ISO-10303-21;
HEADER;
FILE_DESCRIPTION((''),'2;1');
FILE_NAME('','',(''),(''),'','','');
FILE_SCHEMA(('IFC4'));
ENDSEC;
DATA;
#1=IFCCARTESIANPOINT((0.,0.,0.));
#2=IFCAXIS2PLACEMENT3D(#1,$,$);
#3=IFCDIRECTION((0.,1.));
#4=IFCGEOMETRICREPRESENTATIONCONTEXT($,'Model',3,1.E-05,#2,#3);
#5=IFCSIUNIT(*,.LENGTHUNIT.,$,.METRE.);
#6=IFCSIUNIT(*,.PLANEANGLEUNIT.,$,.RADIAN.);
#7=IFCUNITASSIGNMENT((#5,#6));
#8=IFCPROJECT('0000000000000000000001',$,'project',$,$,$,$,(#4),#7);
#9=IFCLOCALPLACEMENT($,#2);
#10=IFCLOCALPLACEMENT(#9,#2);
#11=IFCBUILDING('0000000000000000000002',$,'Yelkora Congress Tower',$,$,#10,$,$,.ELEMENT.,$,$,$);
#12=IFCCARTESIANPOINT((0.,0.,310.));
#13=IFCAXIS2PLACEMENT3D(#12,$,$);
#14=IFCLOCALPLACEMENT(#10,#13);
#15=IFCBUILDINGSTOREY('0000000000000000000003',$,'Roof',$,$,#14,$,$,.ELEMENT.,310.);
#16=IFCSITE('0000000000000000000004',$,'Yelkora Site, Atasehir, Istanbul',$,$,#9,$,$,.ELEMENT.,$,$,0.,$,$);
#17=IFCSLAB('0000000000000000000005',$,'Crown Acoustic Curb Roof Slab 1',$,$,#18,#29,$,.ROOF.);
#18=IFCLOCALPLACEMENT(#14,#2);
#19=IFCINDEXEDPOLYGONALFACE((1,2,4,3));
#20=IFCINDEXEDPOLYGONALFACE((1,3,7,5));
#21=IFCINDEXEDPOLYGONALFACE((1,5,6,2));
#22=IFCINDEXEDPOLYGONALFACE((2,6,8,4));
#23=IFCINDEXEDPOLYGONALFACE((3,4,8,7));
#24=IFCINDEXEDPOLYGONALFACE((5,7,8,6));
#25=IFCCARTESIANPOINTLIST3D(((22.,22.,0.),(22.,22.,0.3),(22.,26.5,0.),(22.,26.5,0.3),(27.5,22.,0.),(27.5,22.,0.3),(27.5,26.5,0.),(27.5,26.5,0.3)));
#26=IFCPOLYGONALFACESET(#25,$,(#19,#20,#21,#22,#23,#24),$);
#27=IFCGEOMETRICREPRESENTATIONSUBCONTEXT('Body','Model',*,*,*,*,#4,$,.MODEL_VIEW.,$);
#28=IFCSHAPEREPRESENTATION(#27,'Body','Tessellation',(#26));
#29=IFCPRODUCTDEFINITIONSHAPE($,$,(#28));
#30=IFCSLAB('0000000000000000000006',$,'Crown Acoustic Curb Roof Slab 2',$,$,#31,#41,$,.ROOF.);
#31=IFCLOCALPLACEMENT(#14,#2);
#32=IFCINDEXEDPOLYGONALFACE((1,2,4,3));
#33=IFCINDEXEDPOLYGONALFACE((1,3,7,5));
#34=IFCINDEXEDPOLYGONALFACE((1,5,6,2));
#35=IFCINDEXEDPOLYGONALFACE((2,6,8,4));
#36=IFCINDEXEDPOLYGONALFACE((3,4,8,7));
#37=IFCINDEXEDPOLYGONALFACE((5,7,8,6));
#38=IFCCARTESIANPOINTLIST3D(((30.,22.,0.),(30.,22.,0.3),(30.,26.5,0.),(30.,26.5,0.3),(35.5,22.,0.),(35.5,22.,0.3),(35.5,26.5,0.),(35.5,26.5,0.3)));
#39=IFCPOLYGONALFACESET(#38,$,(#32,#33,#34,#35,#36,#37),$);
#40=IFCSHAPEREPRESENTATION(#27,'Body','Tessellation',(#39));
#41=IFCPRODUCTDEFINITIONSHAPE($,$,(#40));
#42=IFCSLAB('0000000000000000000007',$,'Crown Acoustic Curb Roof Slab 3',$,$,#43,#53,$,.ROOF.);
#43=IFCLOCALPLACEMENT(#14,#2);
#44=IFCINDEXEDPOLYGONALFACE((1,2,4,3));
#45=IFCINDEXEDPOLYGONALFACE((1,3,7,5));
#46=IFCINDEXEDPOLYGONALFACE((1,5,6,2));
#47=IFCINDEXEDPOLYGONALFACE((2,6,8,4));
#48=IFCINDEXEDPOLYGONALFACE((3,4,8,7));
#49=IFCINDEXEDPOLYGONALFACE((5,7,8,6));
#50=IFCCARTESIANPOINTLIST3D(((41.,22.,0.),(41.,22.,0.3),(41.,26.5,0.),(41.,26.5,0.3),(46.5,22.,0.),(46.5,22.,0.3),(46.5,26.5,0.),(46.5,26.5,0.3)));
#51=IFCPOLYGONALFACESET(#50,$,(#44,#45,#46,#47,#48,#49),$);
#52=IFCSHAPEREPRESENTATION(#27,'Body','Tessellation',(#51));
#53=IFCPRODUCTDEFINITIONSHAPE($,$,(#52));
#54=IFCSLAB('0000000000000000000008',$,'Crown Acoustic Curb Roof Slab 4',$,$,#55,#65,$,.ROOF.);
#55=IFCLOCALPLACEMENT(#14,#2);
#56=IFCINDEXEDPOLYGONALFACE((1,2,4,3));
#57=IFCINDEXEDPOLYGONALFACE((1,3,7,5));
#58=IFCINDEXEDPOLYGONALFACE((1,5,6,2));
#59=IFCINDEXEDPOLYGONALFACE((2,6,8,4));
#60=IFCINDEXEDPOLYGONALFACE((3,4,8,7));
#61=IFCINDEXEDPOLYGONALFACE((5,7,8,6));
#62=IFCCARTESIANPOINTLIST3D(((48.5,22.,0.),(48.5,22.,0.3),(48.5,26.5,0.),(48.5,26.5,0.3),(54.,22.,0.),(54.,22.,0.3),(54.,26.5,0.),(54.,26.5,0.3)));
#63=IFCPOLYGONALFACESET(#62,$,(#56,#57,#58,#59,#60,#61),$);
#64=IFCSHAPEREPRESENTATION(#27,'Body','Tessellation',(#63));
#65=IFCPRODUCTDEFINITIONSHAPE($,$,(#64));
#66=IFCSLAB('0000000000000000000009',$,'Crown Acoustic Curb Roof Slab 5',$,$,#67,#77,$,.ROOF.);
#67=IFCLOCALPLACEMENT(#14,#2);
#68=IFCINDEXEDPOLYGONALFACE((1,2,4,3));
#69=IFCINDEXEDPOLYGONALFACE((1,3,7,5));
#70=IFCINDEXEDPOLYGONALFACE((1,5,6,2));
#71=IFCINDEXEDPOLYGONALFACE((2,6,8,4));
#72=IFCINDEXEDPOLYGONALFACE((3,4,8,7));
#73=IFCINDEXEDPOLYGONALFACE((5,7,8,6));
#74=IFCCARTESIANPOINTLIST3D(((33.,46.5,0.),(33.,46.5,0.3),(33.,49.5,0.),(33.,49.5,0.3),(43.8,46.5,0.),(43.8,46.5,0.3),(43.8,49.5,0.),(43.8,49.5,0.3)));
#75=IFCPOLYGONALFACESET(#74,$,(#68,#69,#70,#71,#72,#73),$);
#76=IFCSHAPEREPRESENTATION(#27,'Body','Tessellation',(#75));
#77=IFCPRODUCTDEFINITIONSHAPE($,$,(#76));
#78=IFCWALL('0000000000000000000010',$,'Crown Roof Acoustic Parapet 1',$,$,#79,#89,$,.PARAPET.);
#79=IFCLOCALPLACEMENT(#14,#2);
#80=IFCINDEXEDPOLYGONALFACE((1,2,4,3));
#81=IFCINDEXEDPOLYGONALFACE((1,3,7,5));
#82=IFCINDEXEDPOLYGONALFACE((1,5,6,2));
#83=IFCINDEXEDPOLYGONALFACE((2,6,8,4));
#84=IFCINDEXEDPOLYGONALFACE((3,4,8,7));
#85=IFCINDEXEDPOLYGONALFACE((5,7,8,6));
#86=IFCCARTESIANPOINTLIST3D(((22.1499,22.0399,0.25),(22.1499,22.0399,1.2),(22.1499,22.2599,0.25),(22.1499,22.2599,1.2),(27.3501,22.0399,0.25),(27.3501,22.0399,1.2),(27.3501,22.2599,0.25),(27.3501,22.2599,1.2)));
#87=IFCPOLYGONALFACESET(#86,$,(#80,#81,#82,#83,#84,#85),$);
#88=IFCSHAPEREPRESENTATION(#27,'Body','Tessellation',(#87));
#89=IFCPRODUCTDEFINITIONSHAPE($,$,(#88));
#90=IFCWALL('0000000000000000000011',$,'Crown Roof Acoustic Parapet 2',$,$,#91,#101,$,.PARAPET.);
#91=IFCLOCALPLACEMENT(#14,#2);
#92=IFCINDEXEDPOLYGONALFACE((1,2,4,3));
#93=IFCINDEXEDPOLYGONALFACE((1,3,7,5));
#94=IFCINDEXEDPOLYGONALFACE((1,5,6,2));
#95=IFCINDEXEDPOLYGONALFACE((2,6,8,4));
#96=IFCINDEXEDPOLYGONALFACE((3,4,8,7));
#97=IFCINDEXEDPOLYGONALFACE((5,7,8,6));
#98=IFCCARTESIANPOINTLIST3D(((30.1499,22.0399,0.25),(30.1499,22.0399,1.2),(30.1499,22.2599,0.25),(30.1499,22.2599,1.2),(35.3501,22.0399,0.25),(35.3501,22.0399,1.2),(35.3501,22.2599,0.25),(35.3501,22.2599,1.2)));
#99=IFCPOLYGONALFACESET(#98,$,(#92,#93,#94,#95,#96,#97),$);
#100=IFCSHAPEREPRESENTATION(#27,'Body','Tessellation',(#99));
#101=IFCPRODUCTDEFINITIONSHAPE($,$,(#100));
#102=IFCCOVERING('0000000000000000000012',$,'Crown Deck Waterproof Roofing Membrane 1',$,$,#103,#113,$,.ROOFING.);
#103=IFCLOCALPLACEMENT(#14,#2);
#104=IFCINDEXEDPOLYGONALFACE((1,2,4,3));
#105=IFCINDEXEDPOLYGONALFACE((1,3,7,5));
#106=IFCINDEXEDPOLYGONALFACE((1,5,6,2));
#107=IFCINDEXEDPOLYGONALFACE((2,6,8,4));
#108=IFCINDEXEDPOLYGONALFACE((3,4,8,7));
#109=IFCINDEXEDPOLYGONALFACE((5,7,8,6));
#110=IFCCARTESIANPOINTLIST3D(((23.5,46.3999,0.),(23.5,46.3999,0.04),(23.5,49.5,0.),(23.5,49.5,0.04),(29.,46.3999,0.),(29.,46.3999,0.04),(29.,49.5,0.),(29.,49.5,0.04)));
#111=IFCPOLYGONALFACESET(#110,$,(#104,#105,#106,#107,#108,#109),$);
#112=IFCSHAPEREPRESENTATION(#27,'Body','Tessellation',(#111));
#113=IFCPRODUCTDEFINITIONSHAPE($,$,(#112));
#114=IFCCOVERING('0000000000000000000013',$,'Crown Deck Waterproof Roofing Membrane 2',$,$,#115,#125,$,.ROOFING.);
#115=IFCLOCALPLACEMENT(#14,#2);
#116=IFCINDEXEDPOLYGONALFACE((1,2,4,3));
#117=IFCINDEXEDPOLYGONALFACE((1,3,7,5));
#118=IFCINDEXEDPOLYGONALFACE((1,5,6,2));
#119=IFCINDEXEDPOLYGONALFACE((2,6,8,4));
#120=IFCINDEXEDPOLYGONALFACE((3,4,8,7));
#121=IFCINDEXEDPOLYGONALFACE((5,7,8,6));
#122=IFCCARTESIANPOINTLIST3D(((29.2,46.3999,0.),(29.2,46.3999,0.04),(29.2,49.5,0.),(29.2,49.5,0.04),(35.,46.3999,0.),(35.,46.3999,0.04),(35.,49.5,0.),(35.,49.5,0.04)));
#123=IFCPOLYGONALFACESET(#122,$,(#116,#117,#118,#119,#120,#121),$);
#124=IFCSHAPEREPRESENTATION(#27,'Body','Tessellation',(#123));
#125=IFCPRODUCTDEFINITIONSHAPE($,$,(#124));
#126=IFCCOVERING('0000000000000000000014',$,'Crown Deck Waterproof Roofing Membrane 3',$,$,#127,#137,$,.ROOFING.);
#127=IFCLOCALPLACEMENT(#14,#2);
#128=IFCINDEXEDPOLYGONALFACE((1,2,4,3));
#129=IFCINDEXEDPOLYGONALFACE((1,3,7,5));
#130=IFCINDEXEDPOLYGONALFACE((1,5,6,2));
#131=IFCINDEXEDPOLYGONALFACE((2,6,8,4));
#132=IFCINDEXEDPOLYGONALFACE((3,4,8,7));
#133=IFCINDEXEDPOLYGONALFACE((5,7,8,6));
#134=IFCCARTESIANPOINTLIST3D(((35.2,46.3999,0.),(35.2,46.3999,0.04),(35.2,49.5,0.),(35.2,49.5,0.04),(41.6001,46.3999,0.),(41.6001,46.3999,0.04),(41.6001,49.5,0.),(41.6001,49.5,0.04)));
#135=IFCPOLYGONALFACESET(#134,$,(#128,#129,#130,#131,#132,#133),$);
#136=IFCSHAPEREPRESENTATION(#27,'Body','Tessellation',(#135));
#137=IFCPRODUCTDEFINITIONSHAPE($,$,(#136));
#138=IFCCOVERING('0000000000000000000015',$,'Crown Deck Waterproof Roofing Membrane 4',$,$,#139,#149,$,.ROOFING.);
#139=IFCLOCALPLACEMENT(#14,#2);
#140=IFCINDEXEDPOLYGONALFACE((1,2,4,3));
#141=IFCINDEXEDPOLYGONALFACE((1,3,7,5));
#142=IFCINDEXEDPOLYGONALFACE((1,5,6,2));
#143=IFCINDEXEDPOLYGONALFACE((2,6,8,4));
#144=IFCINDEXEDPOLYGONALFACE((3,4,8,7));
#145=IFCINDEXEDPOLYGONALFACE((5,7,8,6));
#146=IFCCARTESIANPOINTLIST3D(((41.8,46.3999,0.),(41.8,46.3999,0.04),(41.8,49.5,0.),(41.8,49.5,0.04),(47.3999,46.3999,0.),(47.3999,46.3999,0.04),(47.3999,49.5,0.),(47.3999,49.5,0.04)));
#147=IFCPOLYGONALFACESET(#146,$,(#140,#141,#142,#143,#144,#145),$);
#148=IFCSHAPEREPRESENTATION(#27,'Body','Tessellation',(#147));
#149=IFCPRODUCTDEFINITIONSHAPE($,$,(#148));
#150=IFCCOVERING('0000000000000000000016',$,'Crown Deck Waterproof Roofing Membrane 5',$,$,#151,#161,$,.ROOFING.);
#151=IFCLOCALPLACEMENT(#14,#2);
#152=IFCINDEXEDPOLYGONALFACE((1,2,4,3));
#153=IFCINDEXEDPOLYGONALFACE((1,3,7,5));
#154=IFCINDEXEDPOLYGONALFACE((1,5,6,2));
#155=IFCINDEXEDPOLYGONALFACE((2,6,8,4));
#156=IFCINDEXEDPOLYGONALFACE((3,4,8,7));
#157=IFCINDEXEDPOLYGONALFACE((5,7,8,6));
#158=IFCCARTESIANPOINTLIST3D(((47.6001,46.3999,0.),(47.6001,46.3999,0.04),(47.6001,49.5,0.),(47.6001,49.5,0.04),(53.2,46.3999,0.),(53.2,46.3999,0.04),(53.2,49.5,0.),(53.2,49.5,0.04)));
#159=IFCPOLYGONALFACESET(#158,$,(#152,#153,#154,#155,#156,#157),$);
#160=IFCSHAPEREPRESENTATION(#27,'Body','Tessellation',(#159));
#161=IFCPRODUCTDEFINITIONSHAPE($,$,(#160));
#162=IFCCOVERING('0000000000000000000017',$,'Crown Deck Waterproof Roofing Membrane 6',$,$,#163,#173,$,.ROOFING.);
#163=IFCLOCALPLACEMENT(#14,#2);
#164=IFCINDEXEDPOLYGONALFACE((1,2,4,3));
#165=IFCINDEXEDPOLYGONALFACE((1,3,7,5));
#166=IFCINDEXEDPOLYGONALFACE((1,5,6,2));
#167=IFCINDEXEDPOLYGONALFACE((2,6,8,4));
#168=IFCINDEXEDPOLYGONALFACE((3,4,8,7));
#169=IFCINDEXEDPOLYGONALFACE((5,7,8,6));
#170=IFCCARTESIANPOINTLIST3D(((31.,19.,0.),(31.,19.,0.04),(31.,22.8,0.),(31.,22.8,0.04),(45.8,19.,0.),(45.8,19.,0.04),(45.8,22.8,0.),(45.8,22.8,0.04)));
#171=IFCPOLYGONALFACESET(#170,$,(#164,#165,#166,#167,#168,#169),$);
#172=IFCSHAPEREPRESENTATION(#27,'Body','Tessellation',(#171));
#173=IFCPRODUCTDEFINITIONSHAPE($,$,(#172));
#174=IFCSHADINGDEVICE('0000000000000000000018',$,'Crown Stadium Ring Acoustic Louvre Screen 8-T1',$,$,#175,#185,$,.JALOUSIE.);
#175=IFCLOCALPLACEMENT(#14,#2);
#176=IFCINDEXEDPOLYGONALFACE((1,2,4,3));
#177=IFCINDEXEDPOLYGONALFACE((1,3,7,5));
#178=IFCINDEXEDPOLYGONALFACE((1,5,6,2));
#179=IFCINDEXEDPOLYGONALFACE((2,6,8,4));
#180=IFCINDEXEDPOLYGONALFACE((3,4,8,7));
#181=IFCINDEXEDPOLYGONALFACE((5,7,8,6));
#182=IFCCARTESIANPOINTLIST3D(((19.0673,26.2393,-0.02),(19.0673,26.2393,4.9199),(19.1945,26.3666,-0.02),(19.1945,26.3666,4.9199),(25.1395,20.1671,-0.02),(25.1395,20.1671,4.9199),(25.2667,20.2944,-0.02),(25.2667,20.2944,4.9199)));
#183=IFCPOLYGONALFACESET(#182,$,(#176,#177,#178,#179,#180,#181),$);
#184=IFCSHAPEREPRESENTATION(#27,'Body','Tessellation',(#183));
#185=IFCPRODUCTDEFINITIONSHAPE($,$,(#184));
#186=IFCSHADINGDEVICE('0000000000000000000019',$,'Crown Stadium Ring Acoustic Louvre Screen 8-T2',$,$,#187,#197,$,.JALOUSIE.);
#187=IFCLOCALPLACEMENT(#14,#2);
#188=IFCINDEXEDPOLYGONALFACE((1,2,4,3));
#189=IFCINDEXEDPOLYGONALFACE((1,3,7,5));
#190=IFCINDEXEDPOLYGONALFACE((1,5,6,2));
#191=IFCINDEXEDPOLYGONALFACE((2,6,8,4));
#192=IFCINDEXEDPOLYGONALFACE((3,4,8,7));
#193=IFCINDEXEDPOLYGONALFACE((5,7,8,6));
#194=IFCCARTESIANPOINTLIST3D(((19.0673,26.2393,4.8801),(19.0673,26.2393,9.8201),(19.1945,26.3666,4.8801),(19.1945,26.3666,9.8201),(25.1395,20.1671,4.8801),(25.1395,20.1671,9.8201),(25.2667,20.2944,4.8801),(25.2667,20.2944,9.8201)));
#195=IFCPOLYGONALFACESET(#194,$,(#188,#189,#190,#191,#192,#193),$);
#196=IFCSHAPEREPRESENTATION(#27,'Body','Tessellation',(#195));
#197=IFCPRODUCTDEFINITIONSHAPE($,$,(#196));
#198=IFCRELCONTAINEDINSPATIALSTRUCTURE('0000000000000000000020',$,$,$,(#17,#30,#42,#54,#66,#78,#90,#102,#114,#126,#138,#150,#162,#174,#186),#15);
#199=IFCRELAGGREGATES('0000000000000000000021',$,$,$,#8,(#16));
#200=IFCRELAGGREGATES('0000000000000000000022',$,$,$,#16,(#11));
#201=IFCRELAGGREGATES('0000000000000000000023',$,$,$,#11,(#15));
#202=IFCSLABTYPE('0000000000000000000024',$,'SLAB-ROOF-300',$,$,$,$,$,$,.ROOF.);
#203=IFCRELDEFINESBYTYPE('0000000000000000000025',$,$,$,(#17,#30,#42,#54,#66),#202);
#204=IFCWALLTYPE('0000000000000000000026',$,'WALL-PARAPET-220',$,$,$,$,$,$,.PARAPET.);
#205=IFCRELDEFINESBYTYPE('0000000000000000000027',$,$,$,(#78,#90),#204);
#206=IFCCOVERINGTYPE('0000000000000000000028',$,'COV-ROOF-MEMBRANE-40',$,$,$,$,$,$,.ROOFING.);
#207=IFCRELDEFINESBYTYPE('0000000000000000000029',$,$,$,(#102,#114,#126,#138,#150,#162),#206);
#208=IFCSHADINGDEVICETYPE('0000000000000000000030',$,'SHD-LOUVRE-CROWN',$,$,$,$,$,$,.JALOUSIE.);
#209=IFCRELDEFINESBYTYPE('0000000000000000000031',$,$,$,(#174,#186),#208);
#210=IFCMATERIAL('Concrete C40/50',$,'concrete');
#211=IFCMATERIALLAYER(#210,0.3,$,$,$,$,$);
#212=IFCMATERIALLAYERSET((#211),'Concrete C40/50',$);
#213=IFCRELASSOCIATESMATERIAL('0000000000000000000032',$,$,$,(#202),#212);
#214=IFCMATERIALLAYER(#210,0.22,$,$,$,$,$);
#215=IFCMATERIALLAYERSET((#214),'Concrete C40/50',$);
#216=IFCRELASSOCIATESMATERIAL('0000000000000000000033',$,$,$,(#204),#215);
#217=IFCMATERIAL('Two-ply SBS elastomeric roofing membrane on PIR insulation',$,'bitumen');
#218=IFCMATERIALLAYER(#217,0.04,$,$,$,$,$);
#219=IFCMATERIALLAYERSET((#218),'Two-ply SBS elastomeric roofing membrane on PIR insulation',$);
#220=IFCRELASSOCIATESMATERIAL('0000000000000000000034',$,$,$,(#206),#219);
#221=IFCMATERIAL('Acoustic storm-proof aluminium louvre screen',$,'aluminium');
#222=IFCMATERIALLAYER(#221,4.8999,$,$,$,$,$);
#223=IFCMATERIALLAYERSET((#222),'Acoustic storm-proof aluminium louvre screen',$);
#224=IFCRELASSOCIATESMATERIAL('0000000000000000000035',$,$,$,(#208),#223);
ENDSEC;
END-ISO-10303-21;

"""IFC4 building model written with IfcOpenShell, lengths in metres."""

from ifc_helpers import new_model, si_unit, direction, frame, frame_2d, origin, origin_2d, place, context, subcontext, project, spatial, polyline, rectangle, outline, extrude, material, layer, layer_set, type_object, element, save


model = new_model("IFC4")

# Units and contexts
model_context = context("Model", 3, precision=1e-05, world=origin(), true_north=direction((0.0, 1.0)))
body_context = subcontext(model_context, "Body", "Model", "MODEL_VIEW")
ifc_project = project(units=[si_unit("LENGTHUNIT", "METRE"), si_unit("PLANEANGLEUNIT", "RADIAN")], contexts=[model_context])

# Site, building, storey
site_placement = place(None, origin())
site = spatial("IfcSite", under=ifc_project, at=site_placement, Name="Yelkora Site, Atasehir, Istanbul", CompositionType="ELEMENT", RefElevation=0.0)
building_placement = place(site_placement, origin())
building = spatial("IfcBuilding", under=site, at=building_placement, Name="Yelkora Congress Tower", CompositionType="ELEMENT")
storey_placement = place(building_placement, frame((0.0, 0.0, 310.0)))
storey = spatial("IfcBuildingStorey", under=building, at=storey_placement, Name="Roof", CompositionType="ELEMENT", Elevation=310.0)

# Slabs
ifc_material_1 = material(Name="Concrete C40/50", Category="concrete")
ifc_layer_1 = layer(ifc_material_1, 0.3)
ifc_layer_set_1 = layer_set([ifc_layer_1], Name="Concrete C40/50")
slab_type_1 = type_object("IfcSlabType", Name="SLAB-ROOF-300", PredefinedType="ROOF", material=ifc_layer_set_1)
slab_1_placement = place(storey_placement, origin())
element("IfcSlab", 1, at=slab_1_placement, inside=storey, type_object=slab_type_1, Name="Crown Acoustic Curb Roof Slab 1", PredefinedType="ROOF", context=body_context, shape_type="SweptSolid", body=[
    extrude(outline(polyline([(22.0, 22.0), (27.5, 22.0), (27.5, 26.5), (22.0, 26.5), (22.0, 22.0)])), origin(), (0.0, 0.0, 1.0), 0.3),
])
slab_2_placement = place(storey_placement, origin())
element("IfcSlab", 2, at=slab_2_placement, inside=storey, type_object=slab_type_1, Name="Crown Acoustic Curb Roof Slab 2", PredefinedType="ROOF", context=body_context, shape_type="SweptSolid", body=[
    extrude(outline(polyline([(30.0, 22.0), (35.5, 22.0), (35.5, 26.5), (30.0, 26.5), (30.0, 22.0)])), origin(), (0.0, 0.0, 1.0), 0.3),
])
slab_3_placement = place(storey_placement, origin())
element("IfcSlab", 3, at=slab_3_placement, inside=storey, type_object=slab_type_1, Name="Crown Acoustic Curb Roof Slab 3", PredefinedType="ROOF", context=body_context, shape_type="SweptSolid", body=[
    extrude(outline(polyline([(41.0, 22.0), (46.5, 22.0), (46.5, 26.5), (41.0, 26.5), (41.0, 22.0)])), origin(), (0.0, 0.0, 1.0), 0.3),
])
slab_4_placement = place(storey_placement, origin())
element("IfcSlab", 4, at=slab_4_placement, inside=storey, type_object=slab_type_1, Name="Crown Acoustic Curb Roof Slab 4", PredefinedType="ROOF", context=body_context, shape_type="SweptSolid", body=[
    extrude(outline(polyline([(48.5, 22.0), (54.0, 22.0), (54.0, 26.5), (48.5, 26.5), (48.5, 22.0)])), origin(), (0.0, 0.0, 1.0), 0.3),
])
slab_5_placement = place(storey_placement, origin())
element("IfcSlab", 5, at=slab_5_placement, inside=storey, type_object=slab_type_1, Name="Crown Acoustic Curb Roof Slab 5", PredefinedType="ROOF", context=body_context, shape_type="SweptSolid", body=[
    extrude(outline(polyline([(33.0, 46.5), (43.8, 46.5), (43.8, 49.5), (33.0, 49.5), (33.0, 46.5)])), origin(), (0.0, 0.0, 1.0), 0.3),
])

# Walls
ifc_layer_2 = layer(ifc_material_1, 0.22)
ifc_layer_set_2 = layer_set([ifc_layer_2], Name="Concrete C40/50")
wall_type = type_object("IfcWallType", Name="WALL-PARAPET-220", PredefinedType="PARAPET", material=ifc_layer_set_2)
for number, where, z_axis, x_axis, name in (
    (6, (22.1499, 22.1499, 0.25), (0.0, 0.0, 1.0), (1.0, 0.0, 0.0), "Crown Roof Acoustic Parapet 1"),
    (7, (30.1499, 22.1499, 0.25), (0.0, 0.0, 1.0), (1.0, 0.0, 0.0), "Crown Roof Acoustic Parapet 2"),
):
    element("IfcWall", number, at=place(storey_placement, frame(where, z_axis=z_axis, x_axis=x_axis)), inside=storey, type_object=wall_type, Name=name, PredefinedType="PARAPET", context=body_context, shape_type="SweptSolid", body=[
        extrude(rectangle(XDim=5.2002, YDim=0.22, at=frame_2d((2.6001, 0.0))), origin(), (0.0, 0.0, 1.0), 0.95),
    ])

# Coverings
ifc_material_2 = material(Name="Two-ply SBS elastomeric roofing membrane on PIR insulation", Category="bitumen")
ifc_layer_3 = layer(ifc_material_2, 0.04)
ifc_layer_set_3 = layer_set([ifc_layer_3], Name="Two-ply SBS elastomeric roofing membrane on PIR insulation")
covering_type = type_object("IfcCoveringType", Name="COV-ROOF-MEMBRANE-40", PredefinedType="ROOFING", material=ifc_layer_set_3)
covering_1_placement = place(storey_placement, origin())
element("IfcCovering", 8, at=covering_1_placement, inside=storey, type_object=covering_type, Name="Crown Deck Waterproof Roofing Membrane 1", PredefinedType="ROOFING", context=body_context, shape_type="SweptSolid", body=[
    extrude(outline(polyline([(23.5, 46.3999), (29.0, 46.3999), (29.0, 49.5), (23.5, 49.5), (23.5, 46.3999)])), origin(), (0.0, 0.0, 1.0), 0.04),
])
covering_2_placement = place(storey_placement, origin())
element("IfcCovering", 9, at=covering_2_placement, inside=storey, type_object=covering_type, Name="Crown Deck Waterproof Roofing Membrane 2", PredefinedType="ROOFING", context=body_context, shape_type="SweptSolid", body=[
    extrude(outline(polyline([(29.2, 46.3999), (35.0, 46.3999), (35.0, 49.5), (29.2, 49.5), (29.2, 46.3999)])), origin(), (0.0, 0.0, 1.0), 0.04),
])
covering_3_placement = place(storey_placement, origin())
element("IfcCovering", 10, at=covering_3_placement, inside=storey, type_object=covering_type, Name="Crown Deck Waterproof Roofing Membrane 3", PredefinedType="ROOFING", context=body_context, shape_type="SweptSolid", body=[
    extrude(outline(polyline([(35.2, 46.3999), (41.6001, 46.3999), (41.6001, 49.5), (35.2, 49.5), (35.2, 46.3999)])), origin(), (0.0, 0.0, 1.0), 0.04),
])
covering_4_placement = place(storey_placement, origin())
element("IfcCovering", 11, at=covering_4_placement, inside=storey, type_object=covering_type, Name="Crown Deck Waterproof Roofing Membrane 4", PredefinedType="ROOFING", context=body_context, shape_type="SweptSolid", body=[
    extrude(outline(polyline([(41.8, 46.3999), (47.3999, 46.3999), (47.3999, 49.5), (41.8, 49.5), (41.8, 46.3999)])), origin(), (0.0, 0.0, 1.0), 0.04),
])
covering_5_placement = place(storey_placement, origin())
element("IfcCovering", 12, at=covering_5_placement, inside=storey, type_object=covering_type, Name="Crown Deck Waterproof Roofing Membrane 5", PredefinedType="ROOFING", context=body_context, shape_type="SweptSolid", body=[
    extrude(outline(polyline([(47.6001, 46.3999), (53.2, 46.3999), (53.2, 49.5), (47.6001, 49.5), (47.6001, 46.3999)])), origin(), (0.0, 0.0, 1.0), 0.04),
])
covering_6_placement = place(storey_placement, origin())
element("IfcCovering", 13, at=covering_6_placement, inside=storey, type_object=covering_type, Name="Crown Deck Waterproof Roofing Membrane 6", PredefinedType="ROOFING", context=body_context, shape_type="SweptSolid", body=[
    extrude(outline(polyline([(31.0, 19.0), (45.8, 19.0), (45.8, 22.8), (31.0, 22.8), (31.0, 19.0)])), origin(), (0.0, 0.0, 1.0), 0.04),
])

# Shading devices
ifc_material_3 = material(Name="Acoustic storm-proof aluminium louvre screen", Category="aluminium")
ifc_layer_4 = layer(ifc_material_3, 4.8999)
ifc_layer_set_4 = layer_set([ifc_layer_4], Name="Acoustic storm-proof aluminium louvre screen")
shading_device_type = type_object("IfcShadingDeviceType", Name="SHD-LOUVRE-CROWN", PredefinedType="JALOUSIE", material=ifc_layer_set_4)
for number, where, z_axis, x_axis, name in (
    (14, (22.167, 23.2668, -0.02), (0.0, 0.0, 1.0), (0.707107, -0.707107, 0.0), "Crown Stadium Ring Acoustic Louvre Screen 8-T1"),
    (15, (22.167, 23.2668, 4.8801), (0.0, 0.0, 1.0), (0.707107, -0.707107, 0.0), "Crown Stadium Ring Acoustic Louvre Screen 8-T2"),
):
    element("IfcShadingDevice", number, at=place(storey_placement, frame(where, z_axis=z_axis, x_axis=x_axis)), inside=storey, type_object=shading_device_type, Name=name, PredefinedType="JALOUSIE", context=body_context, shape_type="SweptSolid", body=[
        extrude(rectangle(XDim=8.5874, YDim=0.1799, at=origin_2d()), origin(), (0.0, 0.0, 1.0), 4.9399),
    ])

save(model, "model.ifc")
